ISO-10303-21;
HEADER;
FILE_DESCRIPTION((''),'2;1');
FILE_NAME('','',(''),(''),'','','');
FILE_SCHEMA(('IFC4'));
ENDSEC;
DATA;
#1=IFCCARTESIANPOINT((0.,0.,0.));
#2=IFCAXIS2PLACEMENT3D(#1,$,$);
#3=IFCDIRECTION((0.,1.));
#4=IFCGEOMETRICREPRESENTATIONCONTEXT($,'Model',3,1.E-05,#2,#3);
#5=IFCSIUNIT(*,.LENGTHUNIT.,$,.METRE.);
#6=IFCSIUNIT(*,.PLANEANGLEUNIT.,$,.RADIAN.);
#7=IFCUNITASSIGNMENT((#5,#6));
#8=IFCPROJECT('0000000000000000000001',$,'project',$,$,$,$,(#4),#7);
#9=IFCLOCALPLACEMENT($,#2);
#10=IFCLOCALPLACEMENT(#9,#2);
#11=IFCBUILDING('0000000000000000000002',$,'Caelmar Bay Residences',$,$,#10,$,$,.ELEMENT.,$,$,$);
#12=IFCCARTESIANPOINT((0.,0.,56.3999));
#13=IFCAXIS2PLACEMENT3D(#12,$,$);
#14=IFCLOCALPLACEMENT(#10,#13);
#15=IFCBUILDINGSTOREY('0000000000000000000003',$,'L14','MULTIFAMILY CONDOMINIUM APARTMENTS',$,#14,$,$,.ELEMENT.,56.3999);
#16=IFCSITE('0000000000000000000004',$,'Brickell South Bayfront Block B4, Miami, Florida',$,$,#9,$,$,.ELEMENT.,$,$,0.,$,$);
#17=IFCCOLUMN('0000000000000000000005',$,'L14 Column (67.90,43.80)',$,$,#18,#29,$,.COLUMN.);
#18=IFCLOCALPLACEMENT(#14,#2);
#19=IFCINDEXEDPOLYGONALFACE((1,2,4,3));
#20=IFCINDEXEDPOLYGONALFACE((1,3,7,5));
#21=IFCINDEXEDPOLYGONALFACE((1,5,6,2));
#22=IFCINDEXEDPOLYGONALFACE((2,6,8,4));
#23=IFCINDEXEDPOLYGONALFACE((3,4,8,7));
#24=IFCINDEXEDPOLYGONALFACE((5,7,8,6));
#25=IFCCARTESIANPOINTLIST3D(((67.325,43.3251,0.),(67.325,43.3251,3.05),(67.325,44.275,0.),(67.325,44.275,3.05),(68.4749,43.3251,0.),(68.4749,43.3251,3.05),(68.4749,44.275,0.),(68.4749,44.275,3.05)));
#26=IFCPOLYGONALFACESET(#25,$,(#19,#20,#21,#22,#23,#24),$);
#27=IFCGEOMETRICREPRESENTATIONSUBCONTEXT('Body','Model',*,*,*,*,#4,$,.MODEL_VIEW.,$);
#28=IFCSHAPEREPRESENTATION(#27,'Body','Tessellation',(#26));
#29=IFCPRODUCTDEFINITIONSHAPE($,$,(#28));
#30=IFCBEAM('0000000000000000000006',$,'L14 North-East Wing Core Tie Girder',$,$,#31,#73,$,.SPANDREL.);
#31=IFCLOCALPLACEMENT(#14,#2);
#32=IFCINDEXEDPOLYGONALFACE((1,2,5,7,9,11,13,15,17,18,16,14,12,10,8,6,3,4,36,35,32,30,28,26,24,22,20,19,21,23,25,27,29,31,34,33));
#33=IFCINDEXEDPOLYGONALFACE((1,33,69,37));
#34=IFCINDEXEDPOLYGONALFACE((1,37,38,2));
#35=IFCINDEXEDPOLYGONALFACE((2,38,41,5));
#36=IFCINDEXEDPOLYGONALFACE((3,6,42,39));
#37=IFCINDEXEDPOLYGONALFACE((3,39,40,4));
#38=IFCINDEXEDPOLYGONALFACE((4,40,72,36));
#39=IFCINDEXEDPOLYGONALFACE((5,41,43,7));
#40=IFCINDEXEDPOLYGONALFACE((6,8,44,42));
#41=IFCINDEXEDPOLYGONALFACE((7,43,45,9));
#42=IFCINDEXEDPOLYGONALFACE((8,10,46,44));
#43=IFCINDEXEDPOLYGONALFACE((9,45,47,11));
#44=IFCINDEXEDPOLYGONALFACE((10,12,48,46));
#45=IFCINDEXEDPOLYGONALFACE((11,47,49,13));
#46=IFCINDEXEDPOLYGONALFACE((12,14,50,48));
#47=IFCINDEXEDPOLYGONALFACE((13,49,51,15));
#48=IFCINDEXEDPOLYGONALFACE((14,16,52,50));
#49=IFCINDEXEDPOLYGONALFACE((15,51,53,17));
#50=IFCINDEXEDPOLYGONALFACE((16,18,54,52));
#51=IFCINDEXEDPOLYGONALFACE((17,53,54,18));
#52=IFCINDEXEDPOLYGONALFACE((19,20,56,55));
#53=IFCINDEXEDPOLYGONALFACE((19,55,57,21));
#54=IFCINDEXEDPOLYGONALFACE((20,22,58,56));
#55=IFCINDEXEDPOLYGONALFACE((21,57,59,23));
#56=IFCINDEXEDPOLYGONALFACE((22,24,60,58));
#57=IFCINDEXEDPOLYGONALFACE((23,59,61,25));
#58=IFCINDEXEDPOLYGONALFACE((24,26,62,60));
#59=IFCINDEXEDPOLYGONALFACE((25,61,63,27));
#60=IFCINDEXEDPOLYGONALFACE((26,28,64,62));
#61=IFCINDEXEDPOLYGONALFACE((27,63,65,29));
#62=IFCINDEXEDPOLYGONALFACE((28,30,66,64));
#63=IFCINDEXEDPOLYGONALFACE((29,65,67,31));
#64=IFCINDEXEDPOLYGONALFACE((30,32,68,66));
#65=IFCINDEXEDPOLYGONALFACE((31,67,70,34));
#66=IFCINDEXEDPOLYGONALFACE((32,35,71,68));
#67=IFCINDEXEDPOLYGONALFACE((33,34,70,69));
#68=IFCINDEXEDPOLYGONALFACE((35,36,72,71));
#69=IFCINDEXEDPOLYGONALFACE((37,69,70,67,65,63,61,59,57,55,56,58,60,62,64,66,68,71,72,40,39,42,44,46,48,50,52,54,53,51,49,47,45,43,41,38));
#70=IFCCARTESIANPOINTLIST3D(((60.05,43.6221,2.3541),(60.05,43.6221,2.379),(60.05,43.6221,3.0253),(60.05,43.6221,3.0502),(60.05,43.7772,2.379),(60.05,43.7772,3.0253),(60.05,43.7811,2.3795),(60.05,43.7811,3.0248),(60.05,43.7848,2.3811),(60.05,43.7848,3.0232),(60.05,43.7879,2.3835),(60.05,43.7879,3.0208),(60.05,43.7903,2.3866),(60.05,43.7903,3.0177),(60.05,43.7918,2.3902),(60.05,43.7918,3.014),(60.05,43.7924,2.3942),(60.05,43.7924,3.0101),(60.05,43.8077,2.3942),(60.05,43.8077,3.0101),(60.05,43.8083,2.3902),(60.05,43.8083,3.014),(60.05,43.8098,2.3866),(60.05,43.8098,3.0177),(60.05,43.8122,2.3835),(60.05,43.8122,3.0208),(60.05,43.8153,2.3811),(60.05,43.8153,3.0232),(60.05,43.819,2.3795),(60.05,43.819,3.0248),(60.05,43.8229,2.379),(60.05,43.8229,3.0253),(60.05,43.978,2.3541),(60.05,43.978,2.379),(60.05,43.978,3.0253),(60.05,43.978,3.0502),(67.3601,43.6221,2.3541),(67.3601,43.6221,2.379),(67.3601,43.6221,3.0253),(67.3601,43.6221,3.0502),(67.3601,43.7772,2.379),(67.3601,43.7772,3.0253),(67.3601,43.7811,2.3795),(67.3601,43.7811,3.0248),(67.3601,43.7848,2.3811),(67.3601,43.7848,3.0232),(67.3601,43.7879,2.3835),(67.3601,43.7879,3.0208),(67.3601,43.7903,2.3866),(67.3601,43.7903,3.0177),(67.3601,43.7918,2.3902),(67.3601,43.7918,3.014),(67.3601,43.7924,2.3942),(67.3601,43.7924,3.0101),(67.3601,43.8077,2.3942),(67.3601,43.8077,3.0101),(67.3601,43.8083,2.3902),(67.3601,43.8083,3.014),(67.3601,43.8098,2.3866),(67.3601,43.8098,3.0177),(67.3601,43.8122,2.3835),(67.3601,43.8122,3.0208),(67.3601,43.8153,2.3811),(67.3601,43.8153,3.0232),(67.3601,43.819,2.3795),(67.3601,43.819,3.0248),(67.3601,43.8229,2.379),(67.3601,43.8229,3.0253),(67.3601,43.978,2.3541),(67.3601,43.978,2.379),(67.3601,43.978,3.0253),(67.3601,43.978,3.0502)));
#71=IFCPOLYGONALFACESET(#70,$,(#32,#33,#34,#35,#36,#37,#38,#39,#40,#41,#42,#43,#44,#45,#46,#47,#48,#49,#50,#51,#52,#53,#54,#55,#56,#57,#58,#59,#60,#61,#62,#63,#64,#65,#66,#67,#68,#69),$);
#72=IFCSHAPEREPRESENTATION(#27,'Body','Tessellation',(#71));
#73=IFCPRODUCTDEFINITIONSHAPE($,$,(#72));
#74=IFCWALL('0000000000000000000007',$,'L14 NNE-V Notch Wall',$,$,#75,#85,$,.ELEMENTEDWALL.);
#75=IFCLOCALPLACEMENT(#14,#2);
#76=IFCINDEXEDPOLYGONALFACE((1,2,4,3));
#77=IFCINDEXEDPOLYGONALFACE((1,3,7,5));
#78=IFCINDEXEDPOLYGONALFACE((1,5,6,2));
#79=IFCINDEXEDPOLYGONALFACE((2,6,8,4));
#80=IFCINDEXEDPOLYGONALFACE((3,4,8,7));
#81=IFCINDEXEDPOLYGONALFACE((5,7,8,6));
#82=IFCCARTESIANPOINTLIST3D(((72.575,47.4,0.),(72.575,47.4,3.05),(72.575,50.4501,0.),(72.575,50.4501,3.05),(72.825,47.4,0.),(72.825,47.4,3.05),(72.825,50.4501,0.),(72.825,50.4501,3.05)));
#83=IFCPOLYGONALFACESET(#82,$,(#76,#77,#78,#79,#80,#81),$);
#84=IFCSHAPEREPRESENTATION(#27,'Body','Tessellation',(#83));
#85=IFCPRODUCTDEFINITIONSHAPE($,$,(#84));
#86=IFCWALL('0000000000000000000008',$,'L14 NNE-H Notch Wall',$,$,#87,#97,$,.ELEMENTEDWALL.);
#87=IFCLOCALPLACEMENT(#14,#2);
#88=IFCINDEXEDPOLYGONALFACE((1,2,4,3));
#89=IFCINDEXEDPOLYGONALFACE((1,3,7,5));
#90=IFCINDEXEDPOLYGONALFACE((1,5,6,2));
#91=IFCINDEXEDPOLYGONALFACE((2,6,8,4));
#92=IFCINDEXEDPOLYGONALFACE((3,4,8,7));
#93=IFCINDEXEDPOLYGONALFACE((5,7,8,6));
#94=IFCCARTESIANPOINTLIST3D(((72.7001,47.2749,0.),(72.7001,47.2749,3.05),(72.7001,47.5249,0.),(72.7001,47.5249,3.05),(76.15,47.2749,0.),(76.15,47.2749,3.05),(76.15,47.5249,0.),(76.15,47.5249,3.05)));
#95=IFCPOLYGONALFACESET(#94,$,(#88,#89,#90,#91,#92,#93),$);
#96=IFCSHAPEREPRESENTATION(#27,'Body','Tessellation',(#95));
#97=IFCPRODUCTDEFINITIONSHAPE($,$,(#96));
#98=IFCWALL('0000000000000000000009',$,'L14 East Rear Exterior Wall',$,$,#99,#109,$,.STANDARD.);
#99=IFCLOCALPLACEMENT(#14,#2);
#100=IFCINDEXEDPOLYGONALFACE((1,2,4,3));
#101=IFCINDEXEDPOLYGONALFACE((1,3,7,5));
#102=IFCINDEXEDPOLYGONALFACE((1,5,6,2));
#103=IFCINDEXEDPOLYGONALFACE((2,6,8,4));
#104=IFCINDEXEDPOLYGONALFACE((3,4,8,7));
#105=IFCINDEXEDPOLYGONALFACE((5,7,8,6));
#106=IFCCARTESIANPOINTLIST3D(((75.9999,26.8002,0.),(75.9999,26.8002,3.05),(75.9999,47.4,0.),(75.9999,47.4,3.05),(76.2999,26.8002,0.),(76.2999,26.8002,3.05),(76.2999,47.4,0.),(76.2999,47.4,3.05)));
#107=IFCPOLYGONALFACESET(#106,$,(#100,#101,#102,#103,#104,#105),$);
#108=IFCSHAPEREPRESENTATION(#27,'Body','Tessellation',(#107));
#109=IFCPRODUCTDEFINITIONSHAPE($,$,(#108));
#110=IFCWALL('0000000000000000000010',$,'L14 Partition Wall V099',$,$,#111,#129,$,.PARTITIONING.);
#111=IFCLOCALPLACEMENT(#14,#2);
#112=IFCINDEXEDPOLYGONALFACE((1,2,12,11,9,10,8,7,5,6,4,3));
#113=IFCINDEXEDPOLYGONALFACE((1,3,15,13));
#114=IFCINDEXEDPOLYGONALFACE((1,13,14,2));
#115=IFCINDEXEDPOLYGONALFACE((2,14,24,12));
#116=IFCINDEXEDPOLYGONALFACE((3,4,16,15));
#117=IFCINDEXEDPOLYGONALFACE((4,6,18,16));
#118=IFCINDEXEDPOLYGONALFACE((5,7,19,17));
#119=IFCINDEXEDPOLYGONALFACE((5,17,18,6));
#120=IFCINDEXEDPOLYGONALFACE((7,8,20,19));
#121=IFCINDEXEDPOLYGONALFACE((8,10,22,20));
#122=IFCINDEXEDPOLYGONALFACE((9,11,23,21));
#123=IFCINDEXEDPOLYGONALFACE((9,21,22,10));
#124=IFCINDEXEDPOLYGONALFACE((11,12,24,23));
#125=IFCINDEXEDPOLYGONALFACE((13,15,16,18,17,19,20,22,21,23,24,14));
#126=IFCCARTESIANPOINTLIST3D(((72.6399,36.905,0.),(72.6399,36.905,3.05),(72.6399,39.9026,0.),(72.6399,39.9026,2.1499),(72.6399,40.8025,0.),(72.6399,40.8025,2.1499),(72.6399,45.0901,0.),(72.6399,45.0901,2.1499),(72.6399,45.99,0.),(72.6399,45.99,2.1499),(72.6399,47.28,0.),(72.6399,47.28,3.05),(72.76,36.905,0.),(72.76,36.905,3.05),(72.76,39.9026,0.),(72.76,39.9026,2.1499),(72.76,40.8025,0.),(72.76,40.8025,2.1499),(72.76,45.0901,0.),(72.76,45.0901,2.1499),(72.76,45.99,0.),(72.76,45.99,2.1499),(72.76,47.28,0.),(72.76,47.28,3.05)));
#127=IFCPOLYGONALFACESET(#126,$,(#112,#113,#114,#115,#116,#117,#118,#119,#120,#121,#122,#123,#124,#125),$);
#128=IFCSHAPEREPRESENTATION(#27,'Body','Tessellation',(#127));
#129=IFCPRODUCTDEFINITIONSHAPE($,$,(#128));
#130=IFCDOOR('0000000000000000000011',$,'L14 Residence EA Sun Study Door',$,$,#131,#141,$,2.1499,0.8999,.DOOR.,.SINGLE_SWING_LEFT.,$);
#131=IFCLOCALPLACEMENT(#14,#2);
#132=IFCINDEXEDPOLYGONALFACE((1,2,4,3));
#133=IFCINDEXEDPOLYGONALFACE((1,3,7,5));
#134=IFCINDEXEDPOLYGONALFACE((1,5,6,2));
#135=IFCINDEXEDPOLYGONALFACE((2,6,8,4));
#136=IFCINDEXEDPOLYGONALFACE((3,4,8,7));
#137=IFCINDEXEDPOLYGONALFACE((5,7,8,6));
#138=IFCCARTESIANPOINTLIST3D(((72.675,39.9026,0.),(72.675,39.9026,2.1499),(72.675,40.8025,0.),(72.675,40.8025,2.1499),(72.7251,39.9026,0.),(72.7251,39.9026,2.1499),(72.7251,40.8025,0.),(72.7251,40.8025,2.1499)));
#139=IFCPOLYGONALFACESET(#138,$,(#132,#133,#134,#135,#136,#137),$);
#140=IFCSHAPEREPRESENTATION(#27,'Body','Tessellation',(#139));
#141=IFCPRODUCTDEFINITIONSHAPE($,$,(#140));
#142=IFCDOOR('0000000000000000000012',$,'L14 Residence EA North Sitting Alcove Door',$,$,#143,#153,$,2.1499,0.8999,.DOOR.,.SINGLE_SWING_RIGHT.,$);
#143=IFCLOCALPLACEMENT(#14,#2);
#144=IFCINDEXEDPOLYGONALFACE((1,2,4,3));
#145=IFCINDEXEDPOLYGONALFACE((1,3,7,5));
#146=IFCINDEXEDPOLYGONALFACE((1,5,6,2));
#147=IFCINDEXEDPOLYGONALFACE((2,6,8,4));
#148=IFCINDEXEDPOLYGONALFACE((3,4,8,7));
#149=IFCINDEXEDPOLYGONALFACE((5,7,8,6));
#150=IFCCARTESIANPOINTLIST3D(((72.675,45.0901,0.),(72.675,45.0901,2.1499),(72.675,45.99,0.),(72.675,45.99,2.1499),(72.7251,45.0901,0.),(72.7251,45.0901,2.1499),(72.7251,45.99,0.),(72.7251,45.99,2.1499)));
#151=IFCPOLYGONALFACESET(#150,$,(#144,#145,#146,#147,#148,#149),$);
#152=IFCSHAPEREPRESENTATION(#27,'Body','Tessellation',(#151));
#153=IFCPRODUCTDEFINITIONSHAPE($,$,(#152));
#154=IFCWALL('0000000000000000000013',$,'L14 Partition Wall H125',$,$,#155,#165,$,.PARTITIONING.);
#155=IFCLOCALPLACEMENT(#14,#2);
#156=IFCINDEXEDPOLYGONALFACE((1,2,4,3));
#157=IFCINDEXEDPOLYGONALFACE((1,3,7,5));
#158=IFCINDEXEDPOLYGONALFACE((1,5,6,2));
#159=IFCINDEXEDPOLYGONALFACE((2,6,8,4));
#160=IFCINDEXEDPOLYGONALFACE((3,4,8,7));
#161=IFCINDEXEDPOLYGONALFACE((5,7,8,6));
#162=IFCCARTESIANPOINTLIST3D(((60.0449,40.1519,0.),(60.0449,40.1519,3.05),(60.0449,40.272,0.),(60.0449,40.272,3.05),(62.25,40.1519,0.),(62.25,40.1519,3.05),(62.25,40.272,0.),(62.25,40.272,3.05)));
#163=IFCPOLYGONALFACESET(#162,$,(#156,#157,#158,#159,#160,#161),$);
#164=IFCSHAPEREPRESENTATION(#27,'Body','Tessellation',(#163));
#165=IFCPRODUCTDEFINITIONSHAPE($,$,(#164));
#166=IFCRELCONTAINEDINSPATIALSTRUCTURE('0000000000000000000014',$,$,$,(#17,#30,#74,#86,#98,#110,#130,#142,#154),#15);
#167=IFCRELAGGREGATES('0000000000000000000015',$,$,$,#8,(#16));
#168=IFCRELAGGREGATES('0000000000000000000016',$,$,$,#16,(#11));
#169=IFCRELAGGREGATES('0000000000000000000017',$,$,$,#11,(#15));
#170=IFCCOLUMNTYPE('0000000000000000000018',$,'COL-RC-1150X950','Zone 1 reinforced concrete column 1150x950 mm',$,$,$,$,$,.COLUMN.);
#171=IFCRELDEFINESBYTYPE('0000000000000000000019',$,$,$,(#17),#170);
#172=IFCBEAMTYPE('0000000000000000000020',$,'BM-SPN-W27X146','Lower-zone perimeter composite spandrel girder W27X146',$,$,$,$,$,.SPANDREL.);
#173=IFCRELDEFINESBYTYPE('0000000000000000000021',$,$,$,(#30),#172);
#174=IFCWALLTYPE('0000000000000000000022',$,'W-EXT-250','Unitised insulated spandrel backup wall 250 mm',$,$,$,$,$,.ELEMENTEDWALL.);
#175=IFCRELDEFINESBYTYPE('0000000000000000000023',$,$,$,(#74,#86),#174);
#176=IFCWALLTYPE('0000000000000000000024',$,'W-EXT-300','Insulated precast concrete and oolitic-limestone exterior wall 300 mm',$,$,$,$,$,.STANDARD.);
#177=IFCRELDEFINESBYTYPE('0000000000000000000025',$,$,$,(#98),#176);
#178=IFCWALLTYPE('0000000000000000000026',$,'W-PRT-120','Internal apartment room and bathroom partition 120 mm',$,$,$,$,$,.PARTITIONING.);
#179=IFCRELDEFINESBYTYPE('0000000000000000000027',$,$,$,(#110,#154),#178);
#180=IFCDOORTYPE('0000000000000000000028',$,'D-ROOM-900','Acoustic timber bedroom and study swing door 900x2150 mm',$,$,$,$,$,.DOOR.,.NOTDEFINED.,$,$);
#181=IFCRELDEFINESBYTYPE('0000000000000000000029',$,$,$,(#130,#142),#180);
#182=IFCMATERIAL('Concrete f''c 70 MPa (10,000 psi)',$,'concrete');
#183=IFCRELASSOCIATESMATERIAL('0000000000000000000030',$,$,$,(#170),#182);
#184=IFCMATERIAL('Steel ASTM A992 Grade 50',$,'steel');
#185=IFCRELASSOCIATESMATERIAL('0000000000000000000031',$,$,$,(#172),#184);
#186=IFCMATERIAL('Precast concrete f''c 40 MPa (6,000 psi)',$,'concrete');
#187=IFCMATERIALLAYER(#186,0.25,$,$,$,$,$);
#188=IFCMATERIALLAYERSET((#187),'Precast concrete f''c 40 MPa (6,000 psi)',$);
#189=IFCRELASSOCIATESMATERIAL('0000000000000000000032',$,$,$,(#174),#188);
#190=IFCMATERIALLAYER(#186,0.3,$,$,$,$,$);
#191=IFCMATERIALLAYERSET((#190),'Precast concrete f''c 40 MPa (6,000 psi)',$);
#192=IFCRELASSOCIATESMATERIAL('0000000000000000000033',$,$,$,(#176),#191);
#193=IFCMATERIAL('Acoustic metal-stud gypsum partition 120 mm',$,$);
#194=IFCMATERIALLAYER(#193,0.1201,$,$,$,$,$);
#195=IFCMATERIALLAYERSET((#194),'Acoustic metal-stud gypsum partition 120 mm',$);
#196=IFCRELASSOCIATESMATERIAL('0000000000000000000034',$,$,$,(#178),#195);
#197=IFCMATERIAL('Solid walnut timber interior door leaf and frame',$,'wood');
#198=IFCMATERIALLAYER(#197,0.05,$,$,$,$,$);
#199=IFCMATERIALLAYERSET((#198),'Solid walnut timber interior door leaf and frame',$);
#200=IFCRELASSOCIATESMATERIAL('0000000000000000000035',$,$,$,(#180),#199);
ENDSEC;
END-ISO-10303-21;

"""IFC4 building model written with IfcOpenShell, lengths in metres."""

from ifc_helpers import new_model, si_unit, direction, frame, frame_2d, origin, origin_2d, place, context, subcontext, project, spatial, rectangle, i_section, extrude, material, layer, layer_set, material_profile, profile_set, type_object, element, fill, save


model = new_model("IFC4")

# Units and contexts
model_context = context("Model", 3, precision=1e-05, world=origin(), true_north=direction((0.0, 1.0)))
body_context = subcontext(model_context, "Body", "Model", "MODEL_VIEW")
ifc_project = project(units=[si_unit("LENGTHUNIT", "METRE"), si_unit("PLANEANGLEUNIT", "RADIAN")], contexts=[model_context])

# Site, building, storey
site_placement = place(None, origin())
site = spatial("IfcSite", under=ifc_project, at=site_placement, Name="Brickell South Bayfront Block B4, Miami, Florida", CompositionType="ELEMENT", RefElevation=0.0)
building_placement = place(site_placement, origin())
building = spatial("IfcBuilding", under=site, at=building_placement, Name="Caelmar Bay Residences", CompositionType="ELEMENT")
storey_placement = place(building_placement, frame((0.0, 0.0, 56.3999)))
storey = spatial("IfcBuildingStorey", under=building, at=storey_placement, Name="L14", Description="MULTIFAMILY CONDOMINIUM APARTMENTS", CompositionType="ELEMENT", Elevation=56.3999)

# Column
ifc_material_1 = material(Name="Concrete f'c 70 MPa (10,000 psi)", Category="concrete")
ifc_material_profile_1 = material_profile(ifc_material_1, rectangle(XDim=1.1499, YDim=0.95, at=origin_2d()), Name="RC-COL-1150X950")
ifc_profile_set_1 = profile_set([ifc_material_profile_1], Name="Concrete f'c 70 MPa (10,000 psi)")
column_type = type_object("IfcColumnType", Name="COL-RC-1150X950", Description="Zone 1 reinforced concrete column 1150x950 mm", PredefinedType="COLUMN", material=ifc_profile_set_1)
column_placement = place(storey_placement, frame((67.8999, 43.8, 0.0), z_axis=(0.0, 0.0, 1.0), x_axis=(1.0, 0.0, 0.0)))
element("IfcColumn", 1, at=column_placement, inside=storey, type_object=column_type, Name="L14 Column (67.90,43.80)", PredefinedType="COLUMN", context=body_context, shape_type="SweptSolid", body=[
    extrude(rectangle(XDim=1.1499, YDim=0.95, at=origin_2d()), origin(), (0.0, 0.0, 1.0), 3.05),
])

# Beam
ifc_material_2 = material(Name="Steel ASTM A992 Grade 50", Category="steel")
ifc_material_profile_2 = material_profile(ifc_material_2, i_section(OverallWidth=0.356, OverallDepth=0.696, WebThickness=0.0154, FlangeThickness=0.0249, FilletRadius=0.0151, at=origin_2d()), Name="W27X146")
ifc_profile_set_2 = profile_set([ifc_material_profile_2], Name="Steel ASTM A992 Grade 50")
beam_type = type_object("IfcBeamType", Name="BM-SPN-W27X146", Description="Lower-zone perimeter composite spandrel girder W27X146", PredefinedType="SPANDREL", material=ifc_profile_set_2)
beam_placement = place(storey_placement, frame((60.05, 43.8, 2.7021), z_axis=(1.0, 0.0, 0.0), x_axis=(0.0, 1.0, 0.0)))
element("IfcBeam", 2, at=beam_placement, inside=storey, type_object=beam_type, Name="L14 North-East Wing Core Tie Girder", PredefinedType="SPANDREL", context=body_context, shape_type="SweptSolid", body=[
    extrude(i_section(OverallWidth=0.356, OverallDepth=0.696, WebThickness=0.0154, FlangeThickness=0.0249, FilletRadius=0.0151, at=origin_2d()), origin(), (0.0, 0.0, 1.0), 7.3101),
])

# Walls
ifc_material_3 = material(Name="Precast concrete f'c 40 MPa (6,000 psi)", Category="concrete")
ifc_layer_1 = layer(ifc_material_3, 0.25)
ifc_layer_set_1 = layer_set([ifc_layer_1], Name="Precast concrete f'c 40 MPa (6,000 psi)")
wall_type_1 = type_object("IfcWallType", Name="W-EXT-250", Description="Unitised insulated spandrel backup wall 250 mm", PredefinedType="ELEMENTEDWALL", material=ifc_layer_set_1)
wall_1_placement = place(storey_placement, frame((72.7, 50.45, 0.0), z_axis=(0.0, 0.0, 1.0), x_axis=(0.0, -1.0, 0.0)))
element("IfcWall", 3, at=wall_1_placement, inside=storey, type_object=wall_type_1, Name="L14 NNE-V Notch Wall", PredefinedType="ELEMENTEDWALL", context=body_context, shape_type="SweptSolid", body=[
    extrude(rectangle(XDim=3.05, YDim=0.25, at=frame_2d((1.5249, 0.0))), origin(), (0.0, 0.0, 1.0), 3.05),
])
wall_2_placement = place(storey_placement, frame((72.7, 47.3999, 0.0), z_axis=(0.0, 0.0, 1.0), x_axis=(1.0, 0.0, 0.0)))
element("IfcWall", 4, at=wall_2_placement, inside=storey, type_object=wall_type_1, Name="L14 NNE-H Notch Wall", PredefinedType="ELEMENTEDWALL", context=body_context, shape_type="SweptSolid", body=[
    extrude(rectangle(XDim=3.45, YDim=0.25, at=frame_2d((1.7251, 0.0))), origin(), (0.0, 0.0, 1.0), 3.05),
])
ifc_layer_2 = layer(ifc_material_3, 0.3)
ifc_layer_set_2 = layer_set([ifc_layer_2], Name="Precast concrete f'c 40 MPa (6,000 psi)")
wall_type_2 = type_object("IfcWallType", Name="W-EXT-300", Description="Insulated precast concrete and oolitic-limestone exterior wall 300 mm", PredefinedType="STANDARD", material=ifc_layer_set_2)
wall_3_placement = place(storey_placement, frame((76.1499, 47.3999, 0.0), z_axis=(0.0, 0.0, 1.0), x_axis=(0.0, -1.0, 0.0)))
element("IfcWall", 5, at=wall_3_placement, inside=storey, type_object=wall_type_2, Name="L14 East Rear Exterior Wall", PredefinedType="STANDARD", context=body_context, shape_type="SweptSolid", body=[
    extrude(rectangle(XDim=20.5999, YDim=0.3, at=frame_2d((10.2998, 0.0))), origin(), (0.0, 0.0, 1.0), 3.05),
])

# Wall, openings, doors
ifc_material_4 = material(Name="Acoustic metal-stud gypsum partition 120 mm")
ifc_layer_3 = layer(ifc_material_4, 0.1201)
ifc_layer_set_3 = layer_set([ifc_layer_3], Name="Acoustic metal-stud gypsum partition 120 mm")
wall_type_3 = type_object("IfcWallType", Name="W-PRT-120", Description="Internal apartment room and bathroom partition 120 mm", PredefinedType="PARTITIONING", material=ifc_layer_set_3)
wall_4_placement = place(storey_placement, frame((72.7, 36.905, 0.0), z_axis=(0.0, 0.0, 1.0), x_axis=(0.0, 1.0, 0.0)))
wall_4 = element("IfcWall", 6, at=wall_4_placement, inside=storey, type_object=wall_type_3, Name="L14 Partition Wall V099", PredefinedType="PARTITIONING", context=body_context, shape_type="SweptSolid", body=[
    extrude(rectangle(XDim=10.375, YDim=0.1201, at=frame_2d((5.1875, 0.0))), origin(), (0.0, 0.0, 1.0), 3.05),
])
opening_1_placement = place(wall_4_placement, frame((2.9976, 0.0, 0.0)))
opening_1 = element("IfcOpeningElement", 7, at=opening_1_placement, cuts=wall_4, PredefinedType="OPENING", context=body_context, shape_type="SweptSolid", body=[
    extrude(rectangle(XDim=0.8999, YDim=2.1499, at=frame_2d((0.45, 1.075))), frame((0.0, 0.0701, 0.0), z_axis=(0.0, -1.0, 0.0), x_axis=(1.0, 0.0, 0.0)), (0.0, 0.0, 1.0), 0.1401),
])
opening_2_placement = place(wall_4_placement, frame((8.1851, 0.0, 0.0)))
opening_2 = element("IfcOpeningElement", 8, at=opening_2_placement, cuts=wall_4, PredefinedType="OPENING", context=body_context, shape_type="SweptSolid", body=[
    extrude(rectangle(XDim=0.8999, YDim=2.1499, at=frame_2d((0.45, 1.075))), frame((0.0, 0.0701, 0.0), z_axis=(0.0, -1.0, 0.0), x_axis=(1.0, 0.0, 0.0)), (0.0, 0.0, 1.0), 0.1401),
])
ifc_material_5 = material(Name="Solid walnut timber interior door leaf and frame", Category="wood")
ifc_layer_4 = layer(ifc_material_5, 0.05)
ifc_layer_set_4 = layer_set([ifc_layer_4], Name="Solid walnut timber interior door leaf and frame")
door_type_1 = type_object("IfcDoorType", Name="D-ROOM-900", Description="Acoustic timber bedroom and study swing door 900x2150 mm", OperationType="NOTDEFINED", PredefinedType="DOOR", material=ifc_layer_set_4)
door_1_placement = place(opening_1_placement, origin())
door_1 = element("IfcDoor", 9, at=door_1_placement, inside=storey, type_object=door_type_1, Name="L14 Residence EA Sun Study Door", OperationType="SINGLE_SWING_LEFT", OverallHeight=2.1499, OverallWidth=0.8999, PredefinedType="DOOR", context=body_context, shape_type="SweptSolid", body=[
    extrude(rectangle(XDim=0.8999, YDim=2.1499, at=frame_2d((0.45, 1.075))), frame((0.0, 0.0249, 0.0), z_axis=(0.0, -1.0, 0.0), x_axis=(1.0, 0.0, 0.0)), (0.0, 0.0, 1.0), 0.05),
])
fill(opening_1, door_1)
door_2_placement = place(opening_2_placement, origin())
door_2 = element("IfcDoor", 10, at=door_2_placement, inside=storey, type_object=door_type_1, Name="L14 Residence EA North Sitting Alcove Door", OperationType="SINGLE_SWING_RIGHT", OverallHeight=2.1499, OverallWidth=0.8999, PredefinedType="DOOR", context=body_context, shape_type="SweptSolid", body=[
    extrude(rectangle(XDim=0.8999, YDim=2.1499, at=frame_2d((0.45, 1.075))), frame((0.0, 0.0249, 0.0), z_axis=(0.0, -1.0, 0.0), x_axis=(1.0, 0.0, 0.0)), (0.0, 0.0, 1.0), 0.05),
])
fill(opening_2, door_2)

# Wall
wall_5_placement = place(storey_placement, frame((60.0449, 40.2119, 0.0), z_axis=(0.0, 0.0, 1.0), x_axis=(1.0, 0.0, 0.0)))
element("IfcWall", 11, at=wall_5_placement, inside=storey, type_object=wall_type_3, Name="L14 Partition Wall H125", PredefinedType="PARTITIONING", context=body_context, shape_type="SweptSolid", body=[
    extrude(rectangle(XDim=2.2051, YDim=0.1201, at=frame_2d((1.1025, 0.0))), origin(), (0.0, 0.0, 1.0), 3.05),
])

save(model, "model.ifc")
